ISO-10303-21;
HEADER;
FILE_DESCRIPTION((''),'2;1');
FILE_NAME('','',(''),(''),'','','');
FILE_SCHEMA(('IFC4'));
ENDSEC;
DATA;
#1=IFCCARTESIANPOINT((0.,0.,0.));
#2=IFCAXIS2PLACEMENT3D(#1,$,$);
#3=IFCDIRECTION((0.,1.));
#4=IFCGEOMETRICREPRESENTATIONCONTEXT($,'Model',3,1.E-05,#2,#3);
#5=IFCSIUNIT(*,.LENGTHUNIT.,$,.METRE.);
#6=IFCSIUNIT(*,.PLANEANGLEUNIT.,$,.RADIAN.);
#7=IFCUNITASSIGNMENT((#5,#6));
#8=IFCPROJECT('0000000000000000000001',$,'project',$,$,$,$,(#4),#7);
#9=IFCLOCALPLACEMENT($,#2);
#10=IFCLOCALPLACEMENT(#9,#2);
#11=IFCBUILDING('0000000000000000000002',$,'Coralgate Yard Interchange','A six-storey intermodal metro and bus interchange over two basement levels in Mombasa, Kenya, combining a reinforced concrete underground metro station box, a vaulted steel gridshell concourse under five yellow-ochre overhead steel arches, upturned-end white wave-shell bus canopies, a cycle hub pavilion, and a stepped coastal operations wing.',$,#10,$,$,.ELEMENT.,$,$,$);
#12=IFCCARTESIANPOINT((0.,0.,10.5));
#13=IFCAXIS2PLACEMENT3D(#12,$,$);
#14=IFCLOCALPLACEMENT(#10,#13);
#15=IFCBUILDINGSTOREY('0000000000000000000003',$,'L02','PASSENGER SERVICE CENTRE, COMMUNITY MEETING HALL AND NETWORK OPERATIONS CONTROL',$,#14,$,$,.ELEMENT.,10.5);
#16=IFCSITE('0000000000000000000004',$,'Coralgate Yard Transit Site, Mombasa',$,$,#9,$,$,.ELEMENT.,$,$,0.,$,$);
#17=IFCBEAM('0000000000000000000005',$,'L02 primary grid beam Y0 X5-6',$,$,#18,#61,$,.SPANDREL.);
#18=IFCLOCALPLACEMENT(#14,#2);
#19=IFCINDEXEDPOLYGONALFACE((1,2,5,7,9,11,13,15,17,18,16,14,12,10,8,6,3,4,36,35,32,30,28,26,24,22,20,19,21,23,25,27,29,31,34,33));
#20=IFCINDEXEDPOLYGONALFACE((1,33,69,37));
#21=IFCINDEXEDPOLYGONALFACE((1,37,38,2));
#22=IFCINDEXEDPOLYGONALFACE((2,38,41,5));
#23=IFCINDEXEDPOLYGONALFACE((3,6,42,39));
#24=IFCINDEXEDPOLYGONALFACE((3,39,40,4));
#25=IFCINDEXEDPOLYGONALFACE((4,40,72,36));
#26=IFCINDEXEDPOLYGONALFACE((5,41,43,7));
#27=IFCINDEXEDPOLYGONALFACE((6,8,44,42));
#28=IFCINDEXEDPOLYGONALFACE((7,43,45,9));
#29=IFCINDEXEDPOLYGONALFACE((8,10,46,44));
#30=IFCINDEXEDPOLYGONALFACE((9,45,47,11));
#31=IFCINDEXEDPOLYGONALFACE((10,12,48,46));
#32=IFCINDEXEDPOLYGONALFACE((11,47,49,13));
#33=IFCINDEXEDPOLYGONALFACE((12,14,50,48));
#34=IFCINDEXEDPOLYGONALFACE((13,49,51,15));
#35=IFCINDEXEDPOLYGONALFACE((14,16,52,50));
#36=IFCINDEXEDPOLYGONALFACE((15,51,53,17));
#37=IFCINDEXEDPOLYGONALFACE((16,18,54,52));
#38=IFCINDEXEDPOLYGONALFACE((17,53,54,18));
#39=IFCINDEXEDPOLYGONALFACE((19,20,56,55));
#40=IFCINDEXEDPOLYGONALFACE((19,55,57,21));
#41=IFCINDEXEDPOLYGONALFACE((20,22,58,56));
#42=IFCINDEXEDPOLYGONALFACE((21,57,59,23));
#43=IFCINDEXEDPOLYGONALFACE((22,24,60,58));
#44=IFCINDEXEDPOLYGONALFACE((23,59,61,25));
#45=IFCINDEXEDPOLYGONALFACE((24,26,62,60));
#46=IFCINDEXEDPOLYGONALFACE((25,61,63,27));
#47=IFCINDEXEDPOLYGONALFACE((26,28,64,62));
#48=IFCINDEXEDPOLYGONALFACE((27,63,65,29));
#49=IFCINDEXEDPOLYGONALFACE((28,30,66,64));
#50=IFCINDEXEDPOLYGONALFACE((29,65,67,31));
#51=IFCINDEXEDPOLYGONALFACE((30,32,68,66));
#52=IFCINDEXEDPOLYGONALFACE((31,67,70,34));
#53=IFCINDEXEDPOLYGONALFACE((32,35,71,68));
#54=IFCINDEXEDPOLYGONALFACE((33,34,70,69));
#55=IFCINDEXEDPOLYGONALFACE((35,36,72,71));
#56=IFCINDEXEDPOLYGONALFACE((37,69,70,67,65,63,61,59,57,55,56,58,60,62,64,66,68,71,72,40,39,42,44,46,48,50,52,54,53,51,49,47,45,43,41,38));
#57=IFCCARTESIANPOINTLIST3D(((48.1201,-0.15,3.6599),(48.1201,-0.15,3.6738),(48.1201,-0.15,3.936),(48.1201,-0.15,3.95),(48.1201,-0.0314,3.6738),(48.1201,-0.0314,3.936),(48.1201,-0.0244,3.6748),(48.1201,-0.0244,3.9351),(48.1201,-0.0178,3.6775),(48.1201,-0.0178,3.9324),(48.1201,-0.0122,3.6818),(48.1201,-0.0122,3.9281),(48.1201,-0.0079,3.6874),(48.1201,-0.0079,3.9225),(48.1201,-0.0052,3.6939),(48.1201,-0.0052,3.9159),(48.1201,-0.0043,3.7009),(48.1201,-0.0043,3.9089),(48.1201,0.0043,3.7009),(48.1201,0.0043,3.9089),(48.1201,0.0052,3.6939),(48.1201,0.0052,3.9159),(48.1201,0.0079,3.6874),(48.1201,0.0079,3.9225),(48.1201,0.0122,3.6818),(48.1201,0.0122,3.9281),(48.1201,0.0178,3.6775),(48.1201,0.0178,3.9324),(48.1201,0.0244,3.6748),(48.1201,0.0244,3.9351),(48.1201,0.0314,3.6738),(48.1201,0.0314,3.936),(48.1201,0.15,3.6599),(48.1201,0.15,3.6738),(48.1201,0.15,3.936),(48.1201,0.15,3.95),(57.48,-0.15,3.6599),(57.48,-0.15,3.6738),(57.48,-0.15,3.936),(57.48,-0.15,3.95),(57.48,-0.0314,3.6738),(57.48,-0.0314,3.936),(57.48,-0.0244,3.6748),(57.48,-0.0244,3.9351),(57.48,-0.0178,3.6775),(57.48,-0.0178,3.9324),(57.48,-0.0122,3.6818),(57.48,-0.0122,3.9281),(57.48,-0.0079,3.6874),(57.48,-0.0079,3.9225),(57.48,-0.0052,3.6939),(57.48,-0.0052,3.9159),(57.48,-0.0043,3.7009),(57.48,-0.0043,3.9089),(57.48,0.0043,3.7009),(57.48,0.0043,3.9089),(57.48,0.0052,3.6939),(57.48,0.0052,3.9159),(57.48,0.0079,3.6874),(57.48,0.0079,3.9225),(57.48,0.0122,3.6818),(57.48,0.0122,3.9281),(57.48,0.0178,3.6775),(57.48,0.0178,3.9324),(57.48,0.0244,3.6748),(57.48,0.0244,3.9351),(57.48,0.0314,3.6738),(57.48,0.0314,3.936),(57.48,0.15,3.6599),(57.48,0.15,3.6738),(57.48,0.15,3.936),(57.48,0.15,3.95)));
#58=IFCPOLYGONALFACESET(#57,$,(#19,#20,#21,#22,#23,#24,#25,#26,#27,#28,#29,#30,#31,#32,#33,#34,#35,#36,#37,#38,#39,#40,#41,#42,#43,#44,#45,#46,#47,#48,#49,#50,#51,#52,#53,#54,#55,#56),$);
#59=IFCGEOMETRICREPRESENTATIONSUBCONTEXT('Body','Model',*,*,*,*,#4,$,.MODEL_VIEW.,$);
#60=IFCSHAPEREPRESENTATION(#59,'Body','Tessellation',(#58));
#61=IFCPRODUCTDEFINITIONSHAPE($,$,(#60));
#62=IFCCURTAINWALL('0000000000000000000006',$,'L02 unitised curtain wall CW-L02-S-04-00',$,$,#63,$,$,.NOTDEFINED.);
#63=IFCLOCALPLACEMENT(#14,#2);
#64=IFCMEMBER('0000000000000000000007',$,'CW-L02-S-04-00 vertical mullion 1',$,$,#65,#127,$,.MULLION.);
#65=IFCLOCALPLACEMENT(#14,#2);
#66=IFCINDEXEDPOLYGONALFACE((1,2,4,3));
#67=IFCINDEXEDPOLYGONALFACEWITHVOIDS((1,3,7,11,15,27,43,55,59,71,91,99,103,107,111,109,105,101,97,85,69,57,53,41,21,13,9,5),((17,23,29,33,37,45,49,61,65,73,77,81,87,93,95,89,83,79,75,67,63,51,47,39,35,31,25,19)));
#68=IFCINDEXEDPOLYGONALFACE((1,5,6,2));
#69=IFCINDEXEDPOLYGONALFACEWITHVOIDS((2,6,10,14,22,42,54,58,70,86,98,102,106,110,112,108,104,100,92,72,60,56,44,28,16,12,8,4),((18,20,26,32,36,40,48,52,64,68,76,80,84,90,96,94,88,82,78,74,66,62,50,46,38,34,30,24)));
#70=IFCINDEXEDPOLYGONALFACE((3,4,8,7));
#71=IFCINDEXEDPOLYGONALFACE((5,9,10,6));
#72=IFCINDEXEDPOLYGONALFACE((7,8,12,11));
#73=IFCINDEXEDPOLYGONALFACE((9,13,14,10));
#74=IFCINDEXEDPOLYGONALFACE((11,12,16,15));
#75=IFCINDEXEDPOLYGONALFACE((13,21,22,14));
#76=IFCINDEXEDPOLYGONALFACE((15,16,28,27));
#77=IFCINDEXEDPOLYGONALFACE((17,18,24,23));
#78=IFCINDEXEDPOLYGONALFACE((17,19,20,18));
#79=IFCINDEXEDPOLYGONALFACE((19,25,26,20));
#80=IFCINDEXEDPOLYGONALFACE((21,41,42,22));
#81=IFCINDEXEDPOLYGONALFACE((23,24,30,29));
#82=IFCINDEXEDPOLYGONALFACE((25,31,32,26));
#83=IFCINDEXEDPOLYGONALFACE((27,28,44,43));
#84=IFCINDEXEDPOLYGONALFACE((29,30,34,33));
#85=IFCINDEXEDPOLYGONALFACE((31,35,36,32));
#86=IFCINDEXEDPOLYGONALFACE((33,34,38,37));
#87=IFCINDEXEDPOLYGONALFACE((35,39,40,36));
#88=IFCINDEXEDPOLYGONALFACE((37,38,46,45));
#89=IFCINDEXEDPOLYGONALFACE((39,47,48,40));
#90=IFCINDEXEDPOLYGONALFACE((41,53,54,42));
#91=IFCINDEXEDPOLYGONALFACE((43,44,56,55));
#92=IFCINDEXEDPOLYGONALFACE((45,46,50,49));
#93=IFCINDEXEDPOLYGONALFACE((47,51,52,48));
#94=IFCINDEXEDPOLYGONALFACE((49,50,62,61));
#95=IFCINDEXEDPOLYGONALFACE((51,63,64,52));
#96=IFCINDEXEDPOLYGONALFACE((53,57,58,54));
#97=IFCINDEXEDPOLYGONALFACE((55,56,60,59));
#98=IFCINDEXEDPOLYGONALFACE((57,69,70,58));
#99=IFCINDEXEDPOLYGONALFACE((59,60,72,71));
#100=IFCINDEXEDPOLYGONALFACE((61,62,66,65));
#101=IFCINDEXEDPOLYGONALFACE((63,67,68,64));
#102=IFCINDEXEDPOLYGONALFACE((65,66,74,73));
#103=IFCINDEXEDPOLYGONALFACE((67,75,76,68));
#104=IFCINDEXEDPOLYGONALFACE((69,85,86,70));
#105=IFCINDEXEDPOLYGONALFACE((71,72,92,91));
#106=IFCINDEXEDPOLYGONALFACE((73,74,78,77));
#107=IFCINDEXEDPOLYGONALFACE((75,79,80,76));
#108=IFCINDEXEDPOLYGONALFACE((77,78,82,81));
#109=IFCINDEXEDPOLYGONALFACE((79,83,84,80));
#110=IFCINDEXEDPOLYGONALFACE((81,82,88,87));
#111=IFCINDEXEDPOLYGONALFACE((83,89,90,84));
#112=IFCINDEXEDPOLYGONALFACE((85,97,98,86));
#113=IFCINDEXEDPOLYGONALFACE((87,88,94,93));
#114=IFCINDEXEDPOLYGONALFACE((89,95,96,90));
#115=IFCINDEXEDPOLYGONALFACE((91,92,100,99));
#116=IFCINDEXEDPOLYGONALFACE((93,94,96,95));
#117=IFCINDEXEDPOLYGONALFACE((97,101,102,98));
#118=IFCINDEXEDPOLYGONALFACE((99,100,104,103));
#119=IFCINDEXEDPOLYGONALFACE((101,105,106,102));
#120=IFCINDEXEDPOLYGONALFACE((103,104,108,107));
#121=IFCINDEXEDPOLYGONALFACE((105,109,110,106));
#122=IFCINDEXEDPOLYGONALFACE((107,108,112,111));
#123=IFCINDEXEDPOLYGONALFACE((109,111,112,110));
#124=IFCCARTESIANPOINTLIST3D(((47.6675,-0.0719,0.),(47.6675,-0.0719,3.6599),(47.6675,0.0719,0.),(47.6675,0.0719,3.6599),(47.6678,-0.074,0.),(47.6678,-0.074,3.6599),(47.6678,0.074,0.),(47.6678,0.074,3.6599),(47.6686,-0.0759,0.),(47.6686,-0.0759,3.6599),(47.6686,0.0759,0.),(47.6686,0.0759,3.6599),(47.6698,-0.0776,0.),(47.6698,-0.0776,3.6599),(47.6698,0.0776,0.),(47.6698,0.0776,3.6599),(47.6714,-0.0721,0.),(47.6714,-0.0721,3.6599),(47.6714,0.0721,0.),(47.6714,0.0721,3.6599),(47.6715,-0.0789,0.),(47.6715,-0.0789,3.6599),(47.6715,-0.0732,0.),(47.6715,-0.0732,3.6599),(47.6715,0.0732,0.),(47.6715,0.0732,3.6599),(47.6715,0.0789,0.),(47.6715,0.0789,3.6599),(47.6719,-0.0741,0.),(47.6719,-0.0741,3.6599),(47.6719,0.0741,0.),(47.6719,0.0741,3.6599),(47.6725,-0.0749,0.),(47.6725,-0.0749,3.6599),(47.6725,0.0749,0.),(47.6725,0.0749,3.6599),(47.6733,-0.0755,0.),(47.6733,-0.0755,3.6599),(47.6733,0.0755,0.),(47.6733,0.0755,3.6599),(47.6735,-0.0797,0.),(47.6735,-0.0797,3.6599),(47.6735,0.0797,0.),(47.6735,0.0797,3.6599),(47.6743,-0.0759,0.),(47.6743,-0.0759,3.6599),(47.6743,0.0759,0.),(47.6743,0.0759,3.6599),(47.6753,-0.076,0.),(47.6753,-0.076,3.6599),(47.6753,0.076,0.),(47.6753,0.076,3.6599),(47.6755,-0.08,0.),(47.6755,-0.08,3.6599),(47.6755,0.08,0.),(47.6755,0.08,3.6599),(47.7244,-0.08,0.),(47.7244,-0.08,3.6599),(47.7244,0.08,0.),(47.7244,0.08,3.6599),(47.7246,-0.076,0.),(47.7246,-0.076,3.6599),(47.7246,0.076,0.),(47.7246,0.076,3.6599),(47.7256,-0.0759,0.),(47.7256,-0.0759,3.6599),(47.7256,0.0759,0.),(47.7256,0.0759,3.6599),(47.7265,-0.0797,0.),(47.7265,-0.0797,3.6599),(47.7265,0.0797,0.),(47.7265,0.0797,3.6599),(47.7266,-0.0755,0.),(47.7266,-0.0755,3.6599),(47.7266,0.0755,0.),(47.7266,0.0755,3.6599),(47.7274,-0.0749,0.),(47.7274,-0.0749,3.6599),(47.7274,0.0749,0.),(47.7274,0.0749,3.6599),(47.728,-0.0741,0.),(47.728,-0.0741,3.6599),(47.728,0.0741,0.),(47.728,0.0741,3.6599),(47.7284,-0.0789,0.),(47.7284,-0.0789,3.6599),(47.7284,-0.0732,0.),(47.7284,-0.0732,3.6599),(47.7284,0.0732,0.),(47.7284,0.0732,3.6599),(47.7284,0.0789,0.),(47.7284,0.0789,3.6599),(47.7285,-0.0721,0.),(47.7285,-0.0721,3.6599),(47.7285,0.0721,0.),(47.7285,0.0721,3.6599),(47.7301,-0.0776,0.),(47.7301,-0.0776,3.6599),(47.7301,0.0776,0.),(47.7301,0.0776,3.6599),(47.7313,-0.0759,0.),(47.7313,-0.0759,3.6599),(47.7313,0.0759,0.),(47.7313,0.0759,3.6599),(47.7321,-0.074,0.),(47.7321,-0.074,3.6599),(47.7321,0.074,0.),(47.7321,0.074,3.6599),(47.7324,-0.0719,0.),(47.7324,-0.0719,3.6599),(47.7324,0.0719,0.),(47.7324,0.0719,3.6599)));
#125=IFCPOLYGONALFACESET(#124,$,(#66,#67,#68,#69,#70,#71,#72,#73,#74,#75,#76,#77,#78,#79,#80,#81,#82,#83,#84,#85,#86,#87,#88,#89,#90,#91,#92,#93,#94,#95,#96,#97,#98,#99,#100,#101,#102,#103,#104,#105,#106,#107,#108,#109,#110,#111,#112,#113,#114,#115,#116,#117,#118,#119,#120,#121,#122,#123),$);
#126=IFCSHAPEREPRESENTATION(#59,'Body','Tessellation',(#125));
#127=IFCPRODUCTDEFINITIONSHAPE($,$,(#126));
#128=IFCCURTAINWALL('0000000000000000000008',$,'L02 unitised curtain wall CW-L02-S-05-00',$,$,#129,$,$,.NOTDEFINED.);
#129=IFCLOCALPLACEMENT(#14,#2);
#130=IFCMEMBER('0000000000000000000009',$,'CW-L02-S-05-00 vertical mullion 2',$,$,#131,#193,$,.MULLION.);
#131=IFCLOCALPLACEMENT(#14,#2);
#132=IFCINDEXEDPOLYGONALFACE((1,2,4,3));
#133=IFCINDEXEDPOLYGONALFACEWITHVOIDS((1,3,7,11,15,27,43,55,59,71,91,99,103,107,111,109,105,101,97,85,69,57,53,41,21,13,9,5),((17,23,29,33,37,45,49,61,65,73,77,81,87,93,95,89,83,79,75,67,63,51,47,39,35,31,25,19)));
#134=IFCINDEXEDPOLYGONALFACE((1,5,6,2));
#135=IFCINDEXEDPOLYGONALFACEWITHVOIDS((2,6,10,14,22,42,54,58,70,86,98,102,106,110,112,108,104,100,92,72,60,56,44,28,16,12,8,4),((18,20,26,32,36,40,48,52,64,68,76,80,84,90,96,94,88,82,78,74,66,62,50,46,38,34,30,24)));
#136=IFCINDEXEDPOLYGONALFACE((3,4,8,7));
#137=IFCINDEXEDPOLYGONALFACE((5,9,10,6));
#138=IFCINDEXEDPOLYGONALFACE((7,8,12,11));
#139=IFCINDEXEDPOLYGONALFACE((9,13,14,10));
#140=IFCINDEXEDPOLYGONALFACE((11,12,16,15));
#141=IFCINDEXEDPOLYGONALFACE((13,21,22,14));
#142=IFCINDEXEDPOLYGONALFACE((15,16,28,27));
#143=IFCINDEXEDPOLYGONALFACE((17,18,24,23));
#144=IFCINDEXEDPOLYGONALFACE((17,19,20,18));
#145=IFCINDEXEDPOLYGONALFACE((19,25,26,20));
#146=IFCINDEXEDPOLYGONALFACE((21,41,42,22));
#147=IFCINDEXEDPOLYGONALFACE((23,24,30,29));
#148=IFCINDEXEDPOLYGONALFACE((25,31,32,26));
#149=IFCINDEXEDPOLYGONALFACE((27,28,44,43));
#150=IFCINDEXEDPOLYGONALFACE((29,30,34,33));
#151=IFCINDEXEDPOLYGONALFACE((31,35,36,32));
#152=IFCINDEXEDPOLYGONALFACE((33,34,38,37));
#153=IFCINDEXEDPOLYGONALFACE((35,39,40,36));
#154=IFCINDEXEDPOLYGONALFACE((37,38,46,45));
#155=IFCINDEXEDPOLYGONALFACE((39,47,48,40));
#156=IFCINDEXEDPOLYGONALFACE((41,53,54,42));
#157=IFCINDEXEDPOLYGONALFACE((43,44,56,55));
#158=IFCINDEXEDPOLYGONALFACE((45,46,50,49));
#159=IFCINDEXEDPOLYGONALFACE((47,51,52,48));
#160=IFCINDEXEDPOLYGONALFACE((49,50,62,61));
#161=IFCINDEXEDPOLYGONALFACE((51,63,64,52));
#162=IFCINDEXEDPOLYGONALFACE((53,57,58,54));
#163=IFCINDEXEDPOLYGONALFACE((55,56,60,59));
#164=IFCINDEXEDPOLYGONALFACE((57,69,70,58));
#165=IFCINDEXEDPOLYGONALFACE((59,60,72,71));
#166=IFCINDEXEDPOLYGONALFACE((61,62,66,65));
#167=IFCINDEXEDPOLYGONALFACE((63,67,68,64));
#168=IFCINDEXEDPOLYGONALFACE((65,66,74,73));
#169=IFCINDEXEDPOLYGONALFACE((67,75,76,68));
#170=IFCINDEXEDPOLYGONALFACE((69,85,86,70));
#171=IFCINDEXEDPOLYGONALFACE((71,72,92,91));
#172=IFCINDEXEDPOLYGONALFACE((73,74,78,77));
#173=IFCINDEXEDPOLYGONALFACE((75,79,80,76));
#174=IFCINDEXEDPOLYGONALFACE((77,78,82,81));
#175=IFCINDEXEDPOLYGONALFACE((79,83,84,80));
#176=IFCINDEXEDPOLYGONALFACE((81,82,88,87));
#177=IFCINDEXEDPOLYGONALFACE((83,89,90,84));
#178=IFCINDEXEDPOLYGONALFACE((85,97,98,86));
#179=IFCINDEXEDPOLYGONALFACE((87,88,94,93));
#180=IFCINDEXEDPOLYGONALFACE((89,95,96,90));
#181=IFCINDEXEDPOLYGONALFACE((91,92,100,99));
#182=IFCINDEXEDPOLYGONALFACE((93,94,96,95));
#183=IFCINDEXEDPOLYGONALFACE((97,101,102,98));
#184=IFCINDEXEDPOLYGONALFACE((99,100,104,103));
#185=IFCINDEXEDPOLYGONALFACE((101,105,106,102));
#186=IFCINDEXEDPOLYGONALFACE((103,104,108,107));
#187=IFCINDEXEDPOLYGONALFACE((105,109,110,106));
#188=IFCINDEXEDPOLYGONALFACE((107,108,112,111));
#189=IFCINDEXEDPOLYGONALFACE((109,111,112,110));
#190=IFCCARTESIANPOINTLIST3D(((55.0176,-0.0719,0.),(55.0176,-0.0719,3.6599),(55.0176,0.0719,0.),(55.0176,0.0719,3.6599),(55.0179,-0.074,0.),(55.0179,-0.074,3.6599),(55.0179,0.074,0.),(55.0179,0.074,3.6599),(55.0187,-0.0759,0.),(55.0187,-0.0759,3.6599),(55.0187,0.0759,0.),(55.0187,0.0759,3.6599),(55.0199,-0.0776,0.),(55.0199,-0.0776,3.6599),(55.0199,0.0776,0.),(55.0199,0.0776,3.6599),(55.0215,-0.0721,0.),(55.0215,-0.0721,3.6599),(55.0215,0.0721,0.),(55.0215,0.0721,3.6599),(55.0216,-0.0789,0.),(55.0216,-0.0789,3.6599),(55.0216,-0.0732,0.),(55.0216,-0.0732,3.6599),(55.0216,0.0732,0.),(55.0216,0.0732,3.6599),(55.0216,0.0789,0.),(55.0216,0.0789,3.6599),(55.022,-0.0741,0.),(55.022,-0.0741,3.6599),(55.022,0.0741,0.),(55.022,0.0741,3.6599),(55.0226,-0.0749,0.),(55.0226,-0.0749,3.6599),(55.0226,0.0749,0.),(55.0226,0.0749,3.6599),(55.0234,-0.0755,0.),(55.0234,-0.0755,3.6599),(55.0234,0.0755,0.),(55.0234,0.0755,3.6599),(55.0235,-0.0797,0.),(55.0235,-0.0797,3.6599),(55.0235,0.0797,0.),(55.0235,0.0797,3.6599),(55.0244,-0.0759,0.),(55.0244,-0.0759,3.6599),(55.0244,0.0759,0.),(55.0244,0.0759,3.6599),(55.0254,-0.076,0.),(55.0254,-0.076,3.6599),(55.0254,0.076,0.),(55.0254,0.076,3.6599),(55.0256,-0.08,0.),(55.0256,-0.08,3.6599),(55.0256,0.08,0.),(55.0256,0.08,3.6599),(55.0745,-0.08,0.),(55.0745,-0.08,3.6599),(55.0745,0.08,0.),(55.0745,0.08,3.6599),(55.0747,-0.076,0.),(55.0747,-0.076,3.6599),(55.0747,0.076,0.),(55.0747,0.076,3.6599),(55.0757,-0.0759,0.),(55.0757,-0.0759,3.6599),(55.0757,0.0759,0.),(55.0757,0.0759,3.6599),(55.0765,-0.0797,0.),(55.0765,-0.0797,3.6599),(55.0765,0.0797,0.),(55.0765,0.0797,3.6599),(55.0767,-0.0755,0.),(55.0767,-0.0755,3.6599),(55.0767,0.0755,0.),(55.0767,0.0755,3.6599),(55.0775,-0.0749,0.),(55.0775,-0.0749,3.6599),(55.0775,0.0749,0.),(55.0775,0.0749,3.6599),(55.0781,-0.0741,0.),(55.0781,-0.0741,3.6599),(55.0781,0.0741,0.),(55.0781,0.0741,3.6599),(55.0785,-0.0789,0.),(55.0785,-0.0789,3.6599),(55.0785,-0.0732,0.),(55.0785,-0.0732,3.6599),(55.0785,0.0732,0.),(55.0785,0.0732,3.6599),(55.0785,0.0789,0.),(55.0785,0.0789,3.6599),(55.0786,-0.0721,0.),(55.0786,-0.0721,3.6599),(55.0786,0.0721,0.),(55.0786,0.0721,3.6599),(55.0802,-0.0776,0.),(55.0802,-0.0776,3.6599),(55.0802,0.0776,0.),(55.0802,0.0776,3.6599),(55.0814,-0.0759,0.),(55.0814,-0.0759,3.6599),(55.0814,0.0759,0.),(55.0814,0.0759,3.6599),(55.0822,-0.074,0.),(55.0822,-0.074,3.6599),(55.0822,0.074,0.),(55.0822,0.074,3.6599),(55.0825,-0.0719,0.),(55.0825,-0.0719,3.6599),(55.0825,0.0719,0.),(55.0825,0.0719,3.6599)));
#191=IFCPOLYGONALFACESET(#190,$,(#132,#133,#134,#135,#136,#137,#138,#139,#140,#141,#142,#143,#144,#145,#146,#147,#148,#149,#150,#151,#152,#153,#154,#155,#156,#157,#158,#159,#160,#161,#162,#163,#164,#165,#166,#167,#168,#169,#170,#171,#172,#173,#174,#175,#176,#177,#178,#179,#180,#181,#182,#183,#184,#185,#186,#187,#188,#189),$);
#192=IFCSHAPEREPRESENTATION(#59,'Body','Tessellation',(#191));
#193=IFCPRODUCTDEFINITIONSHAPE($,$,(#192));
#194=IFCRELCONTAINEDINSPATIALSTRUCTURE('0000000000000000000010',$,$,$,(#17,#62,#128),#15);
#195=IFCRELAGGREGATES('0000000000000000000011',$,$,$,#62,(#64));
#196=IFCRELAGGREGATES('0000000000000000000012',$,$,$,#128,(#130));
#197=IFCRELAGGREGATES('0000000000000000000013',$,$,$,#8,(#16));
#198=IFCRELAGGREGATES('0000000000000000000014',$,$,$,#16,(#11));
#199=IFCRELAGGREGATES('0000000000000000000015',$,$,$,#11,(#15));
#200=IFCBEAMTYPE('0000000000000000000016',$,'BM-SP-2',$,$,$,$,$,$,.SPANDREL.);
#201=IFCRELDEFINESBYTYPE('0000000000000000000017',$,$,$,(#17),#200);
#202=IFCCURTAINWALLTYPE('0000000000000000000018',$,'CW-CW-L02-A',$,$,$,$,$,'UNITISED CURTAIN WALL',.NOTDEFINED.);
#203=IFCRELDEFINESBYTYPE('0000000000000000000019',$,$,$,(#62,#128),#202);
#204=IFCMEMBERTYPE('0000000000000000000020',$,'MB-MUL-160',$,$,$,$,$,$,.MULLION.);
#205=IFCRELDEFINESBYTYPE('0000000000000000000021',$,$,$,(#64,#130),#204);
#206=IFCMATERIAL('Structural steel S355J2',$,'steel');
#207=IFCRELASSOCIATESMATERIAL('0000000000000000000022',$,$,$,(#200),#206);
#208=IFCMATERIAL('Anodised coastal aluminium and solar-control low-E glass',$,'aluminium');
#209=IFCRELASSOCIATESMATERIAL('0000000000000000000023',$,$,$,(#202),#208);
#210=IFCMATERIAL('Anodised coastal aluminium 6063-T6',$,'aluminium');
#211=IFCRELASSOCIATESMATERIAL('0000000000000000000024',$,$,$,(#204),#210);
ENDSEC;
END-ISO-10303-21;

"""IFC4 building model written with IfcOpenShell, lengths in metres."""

from ifc_helpers import new_model, si_unit, direction, frame, origin, origin_2d, place, context, subcontext, project, spatial, hollow_rectangle, i_section, extrude, material, material_profile, profile_set, type_object, element, aggregate, save


model = new_model("IFC4")

# Units and contexts
model_context = context("Model", 3, precision=1e-05, world=origin(), true_north=direction((0.0, 1.0)))
body_context = subcontext(model_context, "Body", "Model", "MODEL_VIEW")
ifc_project = project(units=[si_unit("LENGTHUNIT", "METRE"), si_unit("PLANEANGLEUNIT", "RADIAN")], contexts=[model_context])

# Site, building, storey
site_placement = place(None, origin())
site = spatial("IfcSite", under=ifc_project, at=site_placement, Name="Coralgate Yard Transit Site, Mombasa", CompositionType="ELEMENT", RefElevation=0.0)
building_placement = place(site_placement, origin())
building = spatial("IfcBuilding", under=site, at=building_placement, Name="Coralgate Yard Interchange", Description="A six-storey intermodal metro and bus interchange over two basement levels in Mombasa, Kenya, combining a reinforced concrete underground metro station box, a vaulted steel gridshell concourse under five yellow-ochre overhead steel arches, upturned-end white wave-shell bus canopies, a cycle hub pavilion, and a stepped coastal operations wing.", CompositionType="ELEMENT")
storey_placement = place(building_placement, frame((0.0, 0.0, 10.5)))
storey = spatial("IfcBuildingStorey", under=building, at=storey_placement, Name="L02", Description="PASSENGER SERVICE CENTRE, COMMUNITY MEETING HALL AND NETWORK OPERATIONS CONTROL", CompositionType="ELEMENT", Elevation=10.5)

# Shared definitions
ifc_material_1 = material(Name="Structural steel S355J2", Category="steel")

# Beam
ifc_material_profile_1 = material_profile(ifc_material_1, i_section(OverallWidth=0.3, OverallDepth=0.29, WebThickness=0.0085, FlangeThickness=0.0139, FilletRadius=0.0271, at=origin_2d()), Name="HEA 300")
ifc_profile_set_1 = profile_set([ifc_material_profile_1], Name="Structural steel S355J2")
beam_type_1 = type_object("IfcBeamType", Name="BM-SP-2", PredefinedType="SPANDREL", material=ifc_profile_set_1)
beam_1_placement = place(storey_placement, frame((48.1201, 0.0, 3.8049), z_axis=(1.0, 0.0, 0.0), x_axis=(0.0, 1.0, 0.0)))
element("IfcBeam", 1, at=beam_1_placement, inside=storey, type_object=beam_type_1, Name="L02 primary grid beam Y0 X5-6", PredefinedType="SPANDREL", context=body_context, shape_type="SweptSolid", body=[
    extrude(i_section(OverallWidth=0.3, OverallDepth=0.29, WebThickness=0.0085, FlangeThickness=0.0139, FilletRadius=0.0271, at=origin_2d()), origin(), (0.0, 0.0, 1.0), 9.3599),
])

# Curtain wall, member
ifc_material_2 = material(Name="Anodised coastal aluminium and solar-control low-E glass", Category="aluminium")
curtain_wall_type = type_object("IfcCurtainWallType", Name="CW-CW-L02-A", ElementType="UNITISED CURTAIN WALL", PredefinedType="NOTDEFINED", material=ifc_material_2)
curtain_wall_1_placement = place(storey_placement, origin())
curtain_wall_1 = element("IfcCurtainWall", 2, at=curtain_wall_1_placement, inside=storey, type_object=curtain_wall_type, Name="L02 unitised curtain wall CW-L02-S-04-00", PredefinedType="NOTDEFINED")
ifc_material_3 = material(Name="Anodised coastal aluminium 6063-T6", Category="aluminium")
ifc_material_profile_2 = material_profile(ifc_material_3, hollow_rectangle(XDim=0.0649, YDim=0.1599, WallThickness=0.0039, InnerFilletRadius=0.0039, OuterFilletRadius=0.0081, at=origin_2d()), Name="ALU 65x160x4")
ifc_profile_set_2 = profile_set([ifc_material_profile_2], Name="Anodised coastal aluminium 6063-T6")
member_type_1 = type_object("IfcMemberType", Name="MB-MUL-160", PredefinedType="MULLION", material=ifc_profile_set_2)
member_1_placement = place(storey_placement, frame((47.7, 0.0, 0.0), z_axis=(0.0, 0.0, 1.0), x_axis=(1.0, 0.0, 0.0)))
member_1 = element("IfcMember", 3, at=member_1_placement, type_object=member_type_1, Name="CW-L02-S-04-00 vertical mullion 1", PredefinedType="MULLION", context=body_context, shape_type="SweptSolid", body=[
    extrude(hollow_rectangle(XDim=0.0649, YDim=0.1599, WallThickness=0.0039, InnerFilletRadius=0.0039, OuterFilletRadius=0.0081, at=origin_2d()), origin(), (0.0, 0.0, 1.0), 3.6599),
])

# Curtain wall, member
curtain_wall_2_placement = place(storey_placement, origin())
curtain_wall_2 = element("IfcCurtainWall", 4, at=curtain_wall_2_placement, inside=storey, type_object=curtain_wall_type, Name="L02 unitised curtain wall CW-L02-S-05-00", PredefinedType="NOTDEFINED")
member_2_placement = place(storey_placement, frame((55.05, 0.0, 0.0), z_axis=(0.0, 0.0, 1.0), x_axis=(1.0, 0.0, 0.0)))
member_2 = element("IfcMember", 5, at=member_2_placement, type_object=member_type_1, Name="CW-L02-S-05-00 vertical mullion 2", PredefinedType="MULLION", context=body_context, shape_type="SweptSolid", body=[
    extrude(hollow_rectangle(XDim=0.0649, YDim=0.1599, WallThickness=0.0039, InnerFilletRadius=0.0039, OuterFilletRadius=0.0081, at=origin_2d()), origin(), (0.0, 0.0, 1.0), 3.6599),
])

aggregate(curtain_wall_1, [member_1])

aggregate(curtain_wall_2, [member_2])

save(model, "model.ifc")
